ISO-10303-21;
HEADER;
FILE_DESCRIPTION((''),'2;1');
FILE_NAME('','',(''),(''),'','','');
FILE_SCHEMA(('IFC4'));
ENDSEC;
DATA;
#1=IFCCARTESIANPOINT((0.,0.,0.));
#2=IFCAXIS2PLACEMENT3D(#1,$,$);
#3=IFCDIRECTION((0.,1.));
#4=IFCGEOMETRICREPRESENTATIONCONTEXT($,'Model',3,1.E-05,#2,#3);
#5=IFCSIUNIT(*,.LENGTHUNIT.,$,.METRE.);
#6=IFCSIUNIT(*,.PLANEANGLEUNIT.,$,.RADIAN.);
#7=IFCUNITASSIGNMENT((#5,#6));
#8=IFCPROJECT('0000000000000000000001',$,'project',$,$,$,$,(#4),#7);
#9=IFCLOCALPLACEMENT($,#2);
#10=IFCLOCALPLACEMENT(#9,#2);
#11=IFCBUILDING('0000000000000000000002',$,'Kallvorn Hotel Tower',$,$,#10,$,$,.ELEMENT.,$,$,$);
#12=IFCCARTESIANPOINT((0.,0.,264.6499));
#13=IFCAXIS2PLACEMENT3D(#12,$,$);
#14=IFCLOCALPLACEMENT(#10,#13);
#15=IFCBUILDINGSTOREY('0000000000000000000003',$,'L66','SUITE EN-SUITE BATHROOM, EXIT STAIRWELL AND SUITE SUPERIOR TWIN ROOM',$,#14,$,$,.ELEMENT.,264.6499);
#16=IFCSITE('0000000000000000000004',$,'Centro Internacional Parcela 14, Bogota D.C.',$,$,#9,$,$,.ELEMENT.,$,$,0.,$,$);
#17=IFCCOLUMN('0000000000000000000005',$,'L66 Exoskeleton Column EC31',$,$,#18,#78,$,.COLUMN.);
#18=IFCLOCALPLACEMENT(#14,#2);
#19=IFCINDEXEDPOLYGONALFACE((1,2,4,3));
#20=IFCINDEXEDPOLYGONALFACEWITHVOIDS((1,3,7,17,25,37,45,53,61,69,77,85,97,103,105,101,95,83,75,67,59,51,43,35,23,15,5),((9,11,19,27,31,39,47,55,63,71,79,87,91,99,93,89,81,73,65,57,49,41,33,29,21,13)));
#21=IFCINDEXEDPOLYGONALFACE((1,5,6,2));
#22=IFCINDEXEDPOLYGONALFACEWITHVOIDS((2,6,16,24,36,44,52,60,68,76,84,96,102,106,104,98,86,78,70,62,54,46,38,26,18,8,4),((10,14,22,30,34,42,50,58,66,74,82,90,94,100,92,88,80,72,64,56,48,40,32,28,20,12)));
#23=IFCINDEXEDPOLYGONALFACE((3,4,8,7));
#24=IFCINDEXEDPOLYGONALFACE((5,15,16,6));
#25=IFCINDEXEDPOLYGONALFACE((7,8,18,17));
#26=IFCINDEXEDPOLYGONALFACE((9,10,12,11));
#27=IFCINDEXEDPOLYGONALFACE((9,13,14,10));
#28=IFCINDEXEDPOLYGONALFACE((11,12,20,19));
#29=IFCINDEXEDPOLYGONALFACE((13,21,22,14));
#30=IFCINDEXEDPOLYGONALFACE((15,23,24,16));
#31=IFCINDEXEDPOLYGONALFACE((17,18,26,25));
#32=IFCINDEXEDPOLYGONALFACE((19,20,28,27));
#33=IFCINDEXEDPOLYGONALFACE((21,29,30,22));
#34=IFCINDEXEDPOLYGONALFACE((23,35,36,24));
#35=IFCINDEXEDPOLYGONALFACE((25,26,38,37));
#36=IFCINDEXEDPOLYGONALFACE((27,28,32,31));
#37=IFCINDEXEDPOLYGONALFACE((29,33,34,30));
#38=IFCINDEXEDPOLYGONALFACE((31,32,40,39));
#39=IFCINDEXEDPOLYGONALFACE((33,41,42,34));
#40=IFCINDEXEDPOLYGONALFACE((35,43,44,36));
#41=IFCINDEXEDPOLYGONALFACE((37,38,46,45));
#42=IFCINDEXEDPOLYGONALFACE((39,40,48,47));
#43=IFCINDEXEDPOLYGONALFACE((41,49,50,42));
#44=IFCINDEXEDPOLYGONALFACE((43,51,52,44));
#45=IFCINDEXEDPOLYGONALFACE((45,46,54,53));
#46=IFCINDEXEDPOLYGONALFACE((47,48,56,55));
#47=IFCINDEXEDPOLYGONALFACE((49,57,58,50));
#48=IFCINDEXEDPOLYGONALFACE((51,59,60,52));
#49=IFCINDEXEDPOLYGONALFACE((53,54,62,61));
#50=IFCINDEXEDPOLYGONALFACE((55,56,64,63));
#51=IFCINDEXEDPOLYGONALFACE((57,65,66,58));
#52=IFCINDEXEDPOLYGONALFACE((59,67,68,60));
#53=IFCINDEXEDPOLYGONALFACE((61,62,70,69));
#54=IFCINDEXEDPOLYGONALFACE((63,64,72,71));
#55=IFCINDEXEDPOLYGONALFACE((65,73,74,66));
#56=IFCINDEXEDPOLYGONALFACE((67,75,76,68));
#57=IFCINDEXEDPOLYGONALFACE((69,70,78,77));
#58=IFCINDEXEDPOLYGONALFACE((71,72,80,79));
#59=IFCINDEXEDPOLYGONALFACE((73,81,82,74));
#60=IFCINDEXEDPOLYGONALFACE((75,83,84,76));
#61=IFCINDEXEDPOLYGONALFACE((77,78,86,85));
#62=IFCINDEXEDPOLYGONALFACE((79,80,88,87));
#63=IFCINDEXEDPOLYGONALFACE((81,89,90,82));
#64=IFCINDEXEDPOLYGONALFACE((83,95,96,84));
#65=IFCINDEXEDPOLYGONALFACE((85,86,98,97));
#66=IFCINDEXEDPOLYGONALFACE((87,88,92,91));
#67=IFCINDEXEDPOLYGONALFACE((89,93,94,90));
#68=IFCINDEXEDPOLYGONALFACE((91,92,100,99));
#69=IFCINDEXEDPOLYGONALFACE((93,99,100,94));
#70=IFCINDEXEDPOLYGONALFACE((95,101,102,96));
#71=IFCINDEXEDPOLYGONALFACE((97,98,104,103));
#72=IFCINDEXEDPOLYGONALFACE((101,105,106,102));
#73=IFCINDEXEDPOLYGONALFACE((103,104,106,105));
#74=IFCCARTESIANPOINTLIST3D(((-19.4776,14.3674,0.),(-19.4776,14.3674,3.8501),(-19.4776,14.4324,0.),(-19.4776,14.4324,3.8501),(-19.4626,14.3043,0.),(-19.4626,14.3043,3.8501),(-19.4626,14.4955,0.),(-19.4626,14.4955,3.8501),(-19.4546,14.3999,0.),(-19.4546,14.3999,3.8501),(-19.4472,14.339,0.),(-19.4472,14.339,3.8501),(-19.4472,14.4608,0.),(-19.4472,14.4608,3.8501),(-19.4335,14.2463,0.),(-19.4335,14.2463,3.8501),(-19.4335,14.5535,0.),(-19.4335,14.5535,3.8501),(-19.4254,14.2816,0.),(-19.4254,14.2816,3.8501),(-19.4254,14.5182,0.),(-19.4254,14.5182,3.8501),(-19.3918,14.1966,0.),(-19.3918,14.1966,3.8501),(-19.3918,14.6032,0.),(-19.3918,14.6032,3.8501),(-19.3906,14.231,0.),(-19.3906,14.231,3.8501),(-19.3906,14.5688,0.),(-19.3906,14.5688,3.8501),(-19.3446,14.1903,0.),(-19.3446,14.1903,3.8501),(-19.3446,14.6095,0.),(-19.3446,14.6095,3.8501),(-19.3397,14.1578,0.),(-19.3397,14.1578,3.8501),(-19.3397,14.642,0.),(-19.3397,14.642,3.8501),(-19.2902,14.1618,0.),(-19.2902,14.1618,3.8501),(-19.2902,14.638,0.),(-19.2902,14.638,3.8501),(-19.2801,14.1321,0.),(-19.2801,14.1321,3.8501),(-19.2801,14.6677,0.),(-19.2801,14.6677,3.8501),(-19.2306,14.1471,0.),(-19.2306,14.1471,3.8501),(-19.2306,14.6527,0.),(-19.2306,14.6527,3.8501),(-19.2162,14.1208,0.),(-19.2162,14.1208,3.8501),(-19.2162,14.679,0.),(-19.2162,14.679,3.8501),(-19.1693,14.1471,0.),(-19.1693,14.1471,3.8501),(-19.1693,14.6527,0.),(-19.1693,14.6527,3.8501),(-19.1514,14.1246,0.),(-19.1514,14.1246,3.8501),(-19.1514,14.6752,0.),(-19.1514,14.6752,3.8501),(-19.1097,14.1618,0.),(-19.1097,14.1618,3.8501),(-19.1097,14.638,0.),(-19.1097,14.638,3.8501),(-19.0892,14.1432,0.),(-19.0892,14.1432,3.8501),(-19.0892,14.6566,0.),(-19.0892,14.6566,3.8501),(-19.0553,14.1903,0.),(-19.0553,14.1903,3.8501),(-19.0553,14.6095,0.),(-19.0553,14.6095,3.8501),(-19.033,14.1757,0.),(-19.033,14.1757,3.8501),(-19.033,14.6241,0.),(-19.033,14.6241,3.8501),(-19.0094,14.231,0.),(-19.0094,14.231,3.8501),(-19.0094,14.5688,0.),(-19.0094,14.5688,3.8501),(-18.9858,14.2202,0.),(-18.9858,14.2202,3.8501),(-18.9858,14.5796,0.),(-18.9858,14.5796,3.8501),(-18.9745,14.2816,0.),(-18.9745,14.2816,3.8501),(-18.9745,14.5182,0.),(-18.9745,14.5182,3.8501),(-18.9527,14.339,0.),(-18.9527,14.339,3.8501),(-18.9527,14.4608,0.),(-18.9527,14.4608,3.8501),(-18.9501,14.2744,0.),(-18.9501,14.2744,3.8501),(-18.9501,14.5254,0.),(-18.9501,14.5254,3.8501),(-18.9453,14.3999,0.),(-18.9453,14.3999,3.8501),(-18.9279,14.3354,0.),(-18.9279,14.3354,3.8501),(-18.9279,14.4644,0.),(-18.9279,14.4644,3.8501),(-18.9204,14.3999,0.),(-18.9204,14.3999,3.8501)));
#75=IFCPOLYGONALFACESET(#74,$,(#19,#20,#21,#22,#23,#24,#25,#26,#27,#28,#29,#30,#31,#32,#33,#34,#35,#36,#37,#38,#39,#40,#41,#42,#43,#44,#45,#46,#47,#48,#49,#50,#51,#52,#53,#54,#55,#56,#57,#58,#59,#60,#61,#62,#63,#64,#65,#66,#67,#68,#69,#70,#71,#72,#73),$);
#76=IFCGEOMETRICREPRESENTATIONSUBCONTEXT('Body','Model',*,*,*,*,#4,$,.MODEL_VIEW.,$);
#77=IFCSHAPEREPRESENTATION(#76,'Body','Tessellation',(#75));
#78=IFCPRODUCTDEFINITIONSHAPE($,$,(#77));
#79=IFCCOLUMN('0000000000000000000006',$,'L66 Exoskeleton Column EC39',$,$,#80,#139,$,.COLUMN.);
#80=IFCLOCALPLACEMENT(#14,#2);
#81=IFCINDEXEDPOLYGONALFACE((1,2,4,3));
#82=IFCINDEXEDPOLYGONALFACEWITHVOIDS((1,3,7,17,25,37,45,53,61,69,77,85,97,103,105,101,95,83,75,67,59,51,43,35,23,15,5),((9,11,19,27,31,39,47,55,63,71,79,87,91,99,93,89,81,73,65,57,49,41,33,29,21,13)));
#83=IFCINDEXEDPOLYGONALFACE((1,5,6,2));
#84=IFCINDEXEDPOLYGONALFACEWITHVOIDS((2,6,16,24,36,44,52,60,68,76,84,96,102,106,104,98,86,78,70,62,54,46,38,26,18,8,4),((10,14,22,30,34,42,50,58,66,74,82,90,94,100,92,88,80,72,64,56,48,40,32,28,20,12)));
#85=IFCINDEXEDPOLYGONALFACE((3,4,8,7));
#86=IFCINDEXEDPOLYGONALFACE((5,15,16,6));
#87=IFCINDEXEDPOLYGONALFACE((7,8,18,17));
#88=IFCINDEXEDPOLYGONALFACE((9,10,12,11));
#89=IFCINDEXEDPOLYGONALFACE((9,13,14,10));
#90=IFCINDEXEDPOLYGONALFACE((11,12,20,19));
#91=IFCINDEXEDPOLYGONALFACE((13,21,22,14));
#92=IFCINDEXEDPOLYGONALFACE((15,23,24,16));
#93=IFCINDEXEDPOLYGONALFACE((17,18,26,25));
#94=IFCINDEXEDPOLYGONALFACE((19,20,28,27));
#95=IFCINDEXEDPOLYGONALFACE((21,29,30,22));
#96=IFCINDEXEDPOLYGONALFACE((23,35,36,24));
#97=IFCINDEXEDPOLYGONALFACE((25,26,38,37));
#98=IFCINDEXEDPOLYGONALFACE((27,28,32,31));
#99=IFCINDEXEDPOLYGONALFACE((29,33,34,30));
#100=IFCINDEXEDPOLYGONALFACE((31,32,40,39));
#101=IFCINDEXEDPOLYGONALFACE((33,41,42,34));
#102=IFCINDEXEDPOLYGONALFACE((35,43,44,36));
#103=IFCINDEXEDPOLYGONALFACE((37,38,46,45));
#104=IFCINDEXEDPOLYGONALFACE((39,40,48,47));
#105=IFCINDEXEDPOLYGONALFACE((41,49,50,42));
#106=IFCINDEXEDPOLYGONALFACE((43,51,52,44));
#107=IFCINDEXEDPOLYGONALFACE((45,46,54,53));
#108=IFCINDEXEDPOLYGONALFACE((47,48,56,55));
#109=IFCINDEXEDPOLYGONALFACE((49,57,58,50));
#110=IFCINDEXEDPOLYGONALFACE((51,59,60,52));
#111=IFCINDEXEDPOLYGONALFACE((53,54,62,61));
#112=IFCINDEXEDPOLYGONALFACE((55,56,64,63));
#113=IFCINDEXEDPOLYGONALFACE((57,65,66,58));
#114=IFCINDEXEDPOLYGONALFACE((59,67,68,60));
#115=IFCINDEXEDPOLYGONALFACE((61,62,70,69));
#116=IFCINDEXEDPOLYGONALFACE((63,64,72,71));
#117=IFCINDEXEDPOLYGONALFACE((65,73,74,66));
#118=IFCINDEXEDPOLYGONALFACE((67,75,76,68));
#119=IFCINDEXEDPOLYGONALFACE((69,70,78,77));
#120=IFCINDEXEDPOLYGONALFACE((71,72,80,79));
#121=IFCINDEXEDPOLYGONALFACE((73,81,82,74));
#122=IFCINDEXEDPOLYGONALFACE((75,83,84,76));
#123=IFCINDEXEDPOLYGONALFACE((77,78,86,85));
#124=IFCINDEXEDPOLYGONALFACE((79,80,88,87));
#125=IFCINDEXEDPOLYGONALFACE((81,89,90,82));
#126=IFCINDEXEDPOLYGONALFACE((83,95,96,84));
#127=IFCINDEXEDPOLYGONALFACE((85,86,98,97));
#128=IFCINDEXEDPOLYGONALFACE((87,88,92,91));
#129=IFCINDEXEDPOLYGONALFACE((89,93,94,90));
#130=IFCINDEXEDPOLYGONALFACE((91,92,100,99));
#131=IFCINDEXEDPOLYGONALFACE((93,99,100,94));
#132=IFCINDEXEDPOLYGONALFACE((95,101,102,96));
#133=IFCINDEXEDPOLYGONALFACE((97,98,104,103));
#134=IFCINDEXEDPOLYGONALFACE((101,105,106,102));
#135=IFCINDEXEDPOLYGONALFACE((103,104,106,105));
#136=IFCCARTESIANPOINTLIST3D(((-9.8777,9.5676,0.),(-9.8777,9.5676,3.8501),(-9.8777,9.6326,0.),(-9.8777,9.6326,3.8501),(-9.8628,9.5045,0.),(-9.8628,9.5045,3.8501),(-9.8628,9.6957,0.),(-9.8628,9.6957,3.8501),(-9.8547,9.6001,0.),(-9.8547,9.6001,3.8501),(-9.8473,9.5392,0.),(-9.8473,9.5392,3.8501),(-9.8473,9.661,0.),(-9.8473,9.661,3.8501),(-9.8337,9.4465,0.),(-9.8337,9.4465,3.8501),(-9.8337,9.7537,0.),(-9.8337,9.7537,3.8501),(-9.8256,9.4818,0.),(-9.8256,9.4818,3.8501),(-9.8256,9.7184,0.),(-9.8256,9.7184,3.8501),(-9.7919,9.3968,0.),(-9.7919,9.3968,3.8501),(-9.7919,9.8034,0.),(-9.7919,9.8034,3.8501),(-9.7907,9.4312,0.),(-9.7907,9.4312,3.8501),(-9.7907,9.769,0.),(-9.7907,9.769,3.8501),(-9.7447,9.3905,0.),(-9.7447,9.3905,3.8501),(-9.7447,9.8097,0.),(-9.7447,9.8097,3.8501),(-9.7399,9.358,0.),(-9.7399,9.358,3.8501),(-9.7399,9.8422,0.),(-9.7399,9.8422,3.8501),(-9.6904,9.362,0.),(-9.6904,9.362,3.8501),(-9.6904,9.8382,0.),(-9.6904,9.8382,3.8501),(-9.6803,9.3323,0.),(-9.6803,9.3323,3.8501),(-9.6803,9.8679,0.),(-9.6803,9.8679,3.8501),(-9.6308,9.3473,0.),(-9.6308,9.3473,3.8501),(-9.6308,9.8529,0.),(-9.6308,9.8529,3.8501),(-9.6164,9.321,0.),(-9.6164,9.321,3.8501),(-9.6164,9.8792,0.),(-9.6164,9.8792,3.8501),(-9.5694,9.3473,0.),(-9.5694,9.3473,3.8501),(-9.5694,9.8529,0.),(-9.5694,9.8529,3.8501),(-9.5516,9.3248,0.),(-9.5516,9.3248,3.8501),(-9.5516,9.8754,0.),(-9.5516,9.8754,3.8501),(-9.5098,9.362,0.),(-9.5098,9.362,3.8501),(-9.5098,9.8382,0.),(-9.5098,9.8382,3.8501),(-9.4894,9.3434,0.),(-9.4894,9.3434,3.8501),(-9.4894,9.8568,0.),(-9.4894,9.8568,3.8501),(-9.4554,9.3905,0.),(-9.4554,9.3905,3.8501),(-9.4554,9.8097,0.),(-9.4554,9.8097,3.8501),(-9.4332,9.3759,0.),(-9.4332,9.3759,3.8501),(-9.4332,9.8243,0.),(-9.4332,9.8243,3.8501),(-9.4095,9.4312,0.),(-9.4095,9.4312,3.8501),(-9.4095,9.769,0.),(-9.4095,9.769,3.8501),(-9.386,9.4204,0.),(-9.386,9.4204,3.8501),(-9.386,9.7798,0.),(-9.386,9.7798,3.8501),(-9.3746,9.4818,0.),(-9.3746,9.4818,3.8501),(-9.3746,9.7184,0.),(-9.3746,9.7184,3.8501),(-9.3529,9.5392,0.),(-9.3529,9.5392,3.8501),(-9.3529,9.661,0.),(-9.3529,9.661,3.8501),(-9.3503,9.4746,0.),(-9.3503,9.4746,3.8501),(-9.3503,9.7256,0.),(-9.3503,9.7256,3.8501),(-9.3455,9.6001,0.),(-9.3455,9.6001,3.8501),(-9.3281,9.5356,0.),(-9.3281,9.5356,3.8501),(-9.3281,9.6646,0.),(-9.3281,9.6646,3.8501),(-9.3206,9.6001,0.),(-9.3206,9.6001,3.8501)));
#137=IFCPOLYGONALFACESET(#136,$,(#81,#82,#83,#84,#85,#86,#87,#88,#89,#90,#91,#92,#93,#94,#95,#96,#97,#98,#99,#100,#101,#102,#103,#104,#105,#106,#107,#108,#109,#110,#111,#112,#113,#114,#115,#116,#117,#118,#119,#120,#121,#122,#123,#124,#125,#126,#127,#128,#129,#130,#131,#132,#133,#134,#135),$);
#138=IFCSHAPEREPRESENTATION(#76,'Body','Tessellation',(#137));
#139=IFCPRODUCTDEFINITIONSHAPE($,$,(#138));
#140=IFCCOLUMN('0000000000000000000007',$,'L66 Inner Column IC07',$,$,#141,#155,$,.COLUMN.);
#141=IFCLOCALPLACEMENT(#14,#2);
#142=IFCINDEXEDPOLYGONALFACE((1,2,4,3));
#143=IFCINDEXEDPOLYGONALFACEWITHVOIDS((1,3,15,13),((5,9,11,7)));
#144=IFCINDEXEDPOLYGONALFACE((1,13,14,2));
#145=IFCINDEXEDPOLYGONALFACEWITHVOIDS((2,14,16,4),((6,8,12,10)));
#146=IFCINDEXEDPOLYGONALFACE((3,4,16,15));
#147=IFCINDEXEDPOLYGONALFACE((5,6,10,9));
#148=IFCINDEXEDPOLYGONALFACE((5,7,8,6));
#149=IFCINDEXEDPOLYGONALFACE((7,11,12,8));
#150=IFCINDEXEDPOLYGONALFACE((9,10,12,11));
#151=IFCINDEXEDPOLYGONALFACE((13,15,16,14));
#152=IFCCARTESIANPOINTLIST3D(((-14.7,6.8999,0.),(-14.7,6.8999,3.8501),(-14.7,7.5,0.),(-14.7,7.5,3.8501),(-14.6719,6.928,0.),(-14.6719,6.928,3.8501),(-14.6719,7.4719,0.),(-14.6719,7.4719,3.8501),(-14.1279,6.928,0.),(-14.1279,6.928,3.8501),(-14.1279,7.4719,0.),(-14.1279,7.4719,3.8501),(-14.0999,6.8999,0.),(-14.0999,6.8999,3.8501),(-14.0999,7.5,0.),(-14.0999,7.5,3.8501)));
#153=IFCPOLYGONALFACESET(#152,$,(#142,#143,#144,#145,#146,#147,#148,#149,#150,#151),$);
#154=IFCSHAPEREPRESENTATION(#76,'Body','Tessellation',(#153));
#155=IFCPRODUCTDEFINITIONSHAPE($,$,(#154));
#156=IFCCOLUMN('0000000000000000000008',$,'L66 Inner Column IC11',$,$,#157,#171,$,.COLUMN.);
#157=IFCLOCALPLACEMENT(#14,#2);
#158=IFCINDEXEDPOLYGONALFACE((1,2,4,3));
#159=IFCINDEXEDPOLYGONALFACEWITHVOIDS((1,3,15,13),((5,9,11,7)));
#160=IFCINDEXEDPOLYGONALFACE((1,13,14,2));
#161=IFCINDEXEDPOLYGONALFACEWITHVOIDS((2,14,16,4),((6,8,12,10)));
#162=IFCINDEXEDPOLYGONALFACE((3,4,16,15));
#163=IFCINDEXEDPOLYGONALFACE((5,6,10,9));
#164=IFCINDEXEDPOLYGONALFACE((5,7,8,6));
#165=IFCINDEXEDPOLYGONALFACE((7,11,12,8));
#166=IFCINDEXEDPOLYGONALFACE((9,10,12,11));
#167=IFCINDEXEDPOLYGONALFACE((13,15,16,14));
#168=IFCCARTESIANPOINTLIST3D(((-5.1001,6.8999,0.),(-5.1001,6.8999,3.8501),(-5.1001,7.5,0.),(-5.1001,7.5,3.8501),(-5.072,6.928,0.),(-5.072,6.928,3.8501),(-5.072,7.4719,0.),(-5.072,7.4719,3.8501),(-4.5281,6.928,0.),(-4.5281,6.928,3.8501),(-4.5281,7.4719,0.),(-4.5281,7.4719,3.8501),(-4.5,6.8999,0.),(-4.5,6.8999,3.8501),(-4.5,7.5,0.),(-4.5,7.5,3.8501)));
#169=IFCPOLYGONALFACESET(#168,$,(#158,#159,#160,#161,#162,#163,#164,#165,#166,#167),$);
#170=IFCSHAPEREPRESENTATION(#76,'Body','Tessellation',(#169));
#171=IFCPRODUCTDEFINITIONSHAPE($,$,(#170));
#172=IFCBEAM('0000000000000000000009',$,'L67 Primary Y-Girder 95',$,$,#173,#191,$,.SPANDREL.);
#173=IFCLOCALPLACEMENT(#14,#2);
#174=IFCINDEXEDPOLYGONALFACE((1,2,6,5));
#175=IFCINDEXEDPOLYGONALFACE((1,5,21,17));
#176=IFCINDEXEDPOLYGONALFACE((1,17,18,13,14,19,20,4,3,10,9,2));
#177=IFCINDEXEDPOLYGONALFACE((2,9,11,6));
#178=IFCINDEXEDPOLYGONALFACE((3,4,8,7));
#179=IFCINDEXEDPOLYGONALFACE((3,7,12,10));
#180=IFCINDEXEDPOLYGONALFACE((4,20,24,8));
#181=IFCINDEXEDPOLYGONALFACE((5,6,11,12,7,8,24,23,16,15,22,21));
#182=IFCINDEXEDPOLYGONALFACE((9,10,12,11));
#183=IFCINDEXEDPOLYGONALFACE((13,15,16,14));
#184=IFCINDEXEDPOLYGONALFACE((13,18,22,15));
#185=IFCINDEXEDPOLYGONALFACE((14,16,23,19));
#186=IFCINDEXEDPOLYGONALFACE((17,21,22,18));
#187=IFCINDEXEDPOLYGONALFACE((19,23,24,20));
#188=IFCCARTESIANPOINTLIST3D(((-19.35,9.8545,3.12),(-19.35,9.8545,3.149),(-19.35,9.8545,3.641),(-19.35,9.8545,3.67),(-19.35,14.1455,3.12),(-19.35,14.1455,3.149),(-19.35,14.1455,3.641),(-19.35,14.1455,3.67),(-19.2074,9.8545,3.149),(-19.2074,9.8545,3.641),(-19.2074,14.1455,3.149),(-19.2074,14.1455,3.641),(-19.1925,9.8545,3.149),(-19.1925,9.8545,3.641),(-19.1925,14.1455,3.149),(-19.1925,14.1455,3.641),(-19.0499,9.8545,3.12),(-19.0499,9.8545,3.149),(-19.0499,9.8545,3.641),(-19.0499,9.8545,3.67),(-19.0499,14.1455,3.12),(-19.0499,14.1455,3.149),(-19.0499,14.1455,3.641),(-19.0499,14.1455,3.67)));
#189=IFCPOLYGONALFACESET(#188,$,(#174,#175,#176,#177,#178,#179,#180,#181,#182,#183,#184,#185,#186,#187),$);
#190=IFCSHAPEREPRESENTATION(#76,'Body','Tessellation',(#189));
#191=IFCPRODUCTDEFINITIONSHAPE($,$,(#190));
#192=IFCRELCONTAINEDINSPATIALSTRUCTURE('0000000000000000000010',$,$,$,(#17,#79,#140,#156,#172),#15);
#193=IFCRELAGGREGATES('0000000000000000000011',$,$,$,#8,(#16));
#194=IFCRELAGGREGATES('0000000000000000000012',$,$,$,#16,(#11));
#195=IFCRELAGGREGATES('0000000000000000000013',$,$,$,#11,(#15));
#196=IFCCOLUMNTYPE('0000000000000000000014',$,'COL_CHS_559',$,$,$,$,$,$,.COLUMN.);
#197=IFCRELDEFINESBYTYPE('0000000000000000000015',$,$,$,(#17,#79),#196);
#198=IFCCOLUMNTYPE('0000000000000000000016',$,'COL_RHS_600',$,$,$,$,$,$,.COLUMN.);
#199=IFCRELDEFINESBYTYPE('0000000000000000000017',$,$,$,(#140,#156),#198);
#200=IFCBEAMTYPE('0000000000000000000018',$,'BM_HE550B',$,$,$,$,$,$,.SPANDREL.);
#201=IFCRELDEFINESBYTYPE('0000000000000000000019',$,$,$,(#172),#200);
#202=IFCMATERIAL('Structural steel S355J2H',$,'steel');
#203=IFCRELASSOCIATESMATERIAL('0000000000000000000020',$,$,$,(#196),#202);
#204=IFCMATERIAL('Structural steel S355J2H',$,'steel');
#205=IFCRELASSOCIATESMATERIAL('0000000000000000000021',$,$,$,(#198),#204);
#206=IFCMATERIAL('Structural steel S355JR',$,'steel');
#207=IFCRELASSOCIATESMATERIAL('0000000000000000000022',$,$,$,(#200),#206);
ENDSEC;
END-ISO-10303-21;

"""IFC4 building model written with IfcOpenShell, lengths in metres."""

from ifc_helpers import new_model, si_unit, direction, frame, origin, origin_2d, place, context, subcontext, project, spatial, hollow_rectangle, hollow_circle, i_section, extrude, material, material_profile, profile_set, type_object, element, save


model = new_model("IFC4")

# Units and contexts
model_context = context("Model", 3, precision=1e-05, world=origin(), true_north=direction((0.0, 1.0)))
body_context = subcontext(model_context, "Body", "Model", "MODEL_VIEW")
ifc_project = project(units=[si_unit("LENGTHUNIT", "METRE"), si_unit("PLANEANGLEUNIT", "RADIAN")], contexts=[model_context])

# Site, building, storey
site_placement = place(None, origin())
site = spatial("IfcSite", under=ifc_project, at=site_placement, Name="Centro Internacional Parcela 14, Bogota D.C.", CompositionType="ELEMENT", RefElevation=0.0)
building_placement = place(site_placement, origin())
building = spatial("IfcBuilding", under=site, at=building_placement, Name="Kallvorn Hotel Tower", CompositionType="ELEMENT")
storey_placement = place(building_placement, frame((0.0, 0.0, 264.6499)))
storey = spatial("IfcBuildingStorey", under=building, at=storey_placement, Name="L66", Description="SUITE EN-SUITE BATHROOM, EXIT STAIRWELL AND SUITE SUPERIOR TWIN ROOM", CompositionType="ELEMENT", Elevation=264.6499)

# Columns
ifc_material_1 = material(Name="Structural steel S355J2H", Category="steel")
ifc_material_profile_1 = material_profile(ifc_material_1, hollow_circle(Radius=0.2795, WallThickness=0.0249, at=origin_2d()), Name="CHS 559x25")
ifc_profile_set_1 = profile_set([ifc_material_profile_1], Name="Structural steel S355J2H")
column_type_1 = type_object("IfcColumnType", Name="COL_CHS_559", PredefinedType="COLUMN", material=ifc_profile_set_1)
for number, where, z_axis, x_axis, name in (
    (1, (-19.2, 14.3999, 0.0), (0.0, 0.0, 1.0), (1.0, 0.0, 0.0), "L66 Exoskeleton Column EC31"),
    (2, (-9.6001, 9.6001, 0.0), (0.0, 0.0, 1.0), (1.0, 0.0, 0.0), "L66 Exoskeleton Column EC39"),
):
    element("IfcColumn", number, at=place(storey_placement, frame(where, z_axis=z_axis, x_axis=x_axis)), inside=storey, type_object=column_type_1, Name=name, PredefinedType="COLUMN", context=body_context, shape_type="SweptSolid", body=[
        extrude(hollow_circle(Radius=0.2795, WallThickness=0.0249, at=origin_2d()), origin(), (0.0, 0.0, 1.0), 3.8501),
    ])
ifc_material_2 = material(Name="Structural steel S355J2H", Category="steel")
ifc_material_profile_2 = material_profile(ifc_material_2, hollow_rectangle(XDim=0.6001, YDim=0.6001, WallThickness=0.0281, at=origin_2d()), Name="RHS 600x600x28")
ifc_profile_set_2 = profile_set([ifc_material_profile_2], Name="Structural steel S355J2H")
column_type_2 = type_object("IfcColumnType", Name="COL_RHS_600", PredefinedType="COLUMN", material=ifc_profile_set_2)
for number, where, z_axis, x_axis, name in (
    (3, (-14.3999, 7.2, 0.0), (0.0, 0.0, 1.0), (1.0, 0.0, 0.0), "L66 Inner Column IC07"),
    (4, (-4.8, 7.2, 0.0), (0.0, 0.0, 1.0), (1.0, 0.0, 0.0), "L66 Inner Column IC11"),
):
    element("IfcColumn", number, at=place(storey_placement, frame(where, z_axis=z_axis, x_axis=x_axis)), inside=storey, type_object=column_type_2, Name=name, PredefinedType="COLUMN", context=body_context, shape_type="SweptSolid", body=[
        extrude(hollow_rectangle(XDim=0.6001, YDim=0.6001, WallThickness=0.0281, at=origin_2d()), origin(), (0.0, 0.0, 1.0), 3.8501),
    ])

# Beam
ifc_material_3 = material(Name="Structural steel S355JR", Category="steel")
ifc_material_profile_3 = material_profile(ifc_material_3, i_section(OverallWidth=0.3, OverallDepth=0.55, WebThickness=0.0149, FlangeThickness=0.0291, at=origin_2d()), Name="HE 550 B")
ifc_profile_set_3 = profile_set([ifc_material_profile_3], Name="Structural steel S355JR")
beam_type_1 = type_object("IfcBeamType", Name="BM_HE550B", PredefinedType="SPANDREL", material=ifc_profile_set_3)
beam_1_placement = place(storey_placement, frame((-19.2, 9.8545, 3.395), z_axis=(0.0, 1.0, 0.0), x_axis=(-1.0, 0.0, 0.0)))
element("IfcBeam", 5, at=beam_1_placement, inside=storey, type_object=beam_type_1, Name="L67 Primary Y-Girder 95", PredefinedType="SPANDREL", context=body_context, shape_type="SweptSolid", body=[
    extrude(i_section(OverallWidth=0.3, OverallDepth=0.55, WebThickness=0.0149, FlangeThickness=0.0291, at=origin_2d()), origin(), (0.0, 0.0, 1.0), 4.291),
])

save(model, "model.ifc")
